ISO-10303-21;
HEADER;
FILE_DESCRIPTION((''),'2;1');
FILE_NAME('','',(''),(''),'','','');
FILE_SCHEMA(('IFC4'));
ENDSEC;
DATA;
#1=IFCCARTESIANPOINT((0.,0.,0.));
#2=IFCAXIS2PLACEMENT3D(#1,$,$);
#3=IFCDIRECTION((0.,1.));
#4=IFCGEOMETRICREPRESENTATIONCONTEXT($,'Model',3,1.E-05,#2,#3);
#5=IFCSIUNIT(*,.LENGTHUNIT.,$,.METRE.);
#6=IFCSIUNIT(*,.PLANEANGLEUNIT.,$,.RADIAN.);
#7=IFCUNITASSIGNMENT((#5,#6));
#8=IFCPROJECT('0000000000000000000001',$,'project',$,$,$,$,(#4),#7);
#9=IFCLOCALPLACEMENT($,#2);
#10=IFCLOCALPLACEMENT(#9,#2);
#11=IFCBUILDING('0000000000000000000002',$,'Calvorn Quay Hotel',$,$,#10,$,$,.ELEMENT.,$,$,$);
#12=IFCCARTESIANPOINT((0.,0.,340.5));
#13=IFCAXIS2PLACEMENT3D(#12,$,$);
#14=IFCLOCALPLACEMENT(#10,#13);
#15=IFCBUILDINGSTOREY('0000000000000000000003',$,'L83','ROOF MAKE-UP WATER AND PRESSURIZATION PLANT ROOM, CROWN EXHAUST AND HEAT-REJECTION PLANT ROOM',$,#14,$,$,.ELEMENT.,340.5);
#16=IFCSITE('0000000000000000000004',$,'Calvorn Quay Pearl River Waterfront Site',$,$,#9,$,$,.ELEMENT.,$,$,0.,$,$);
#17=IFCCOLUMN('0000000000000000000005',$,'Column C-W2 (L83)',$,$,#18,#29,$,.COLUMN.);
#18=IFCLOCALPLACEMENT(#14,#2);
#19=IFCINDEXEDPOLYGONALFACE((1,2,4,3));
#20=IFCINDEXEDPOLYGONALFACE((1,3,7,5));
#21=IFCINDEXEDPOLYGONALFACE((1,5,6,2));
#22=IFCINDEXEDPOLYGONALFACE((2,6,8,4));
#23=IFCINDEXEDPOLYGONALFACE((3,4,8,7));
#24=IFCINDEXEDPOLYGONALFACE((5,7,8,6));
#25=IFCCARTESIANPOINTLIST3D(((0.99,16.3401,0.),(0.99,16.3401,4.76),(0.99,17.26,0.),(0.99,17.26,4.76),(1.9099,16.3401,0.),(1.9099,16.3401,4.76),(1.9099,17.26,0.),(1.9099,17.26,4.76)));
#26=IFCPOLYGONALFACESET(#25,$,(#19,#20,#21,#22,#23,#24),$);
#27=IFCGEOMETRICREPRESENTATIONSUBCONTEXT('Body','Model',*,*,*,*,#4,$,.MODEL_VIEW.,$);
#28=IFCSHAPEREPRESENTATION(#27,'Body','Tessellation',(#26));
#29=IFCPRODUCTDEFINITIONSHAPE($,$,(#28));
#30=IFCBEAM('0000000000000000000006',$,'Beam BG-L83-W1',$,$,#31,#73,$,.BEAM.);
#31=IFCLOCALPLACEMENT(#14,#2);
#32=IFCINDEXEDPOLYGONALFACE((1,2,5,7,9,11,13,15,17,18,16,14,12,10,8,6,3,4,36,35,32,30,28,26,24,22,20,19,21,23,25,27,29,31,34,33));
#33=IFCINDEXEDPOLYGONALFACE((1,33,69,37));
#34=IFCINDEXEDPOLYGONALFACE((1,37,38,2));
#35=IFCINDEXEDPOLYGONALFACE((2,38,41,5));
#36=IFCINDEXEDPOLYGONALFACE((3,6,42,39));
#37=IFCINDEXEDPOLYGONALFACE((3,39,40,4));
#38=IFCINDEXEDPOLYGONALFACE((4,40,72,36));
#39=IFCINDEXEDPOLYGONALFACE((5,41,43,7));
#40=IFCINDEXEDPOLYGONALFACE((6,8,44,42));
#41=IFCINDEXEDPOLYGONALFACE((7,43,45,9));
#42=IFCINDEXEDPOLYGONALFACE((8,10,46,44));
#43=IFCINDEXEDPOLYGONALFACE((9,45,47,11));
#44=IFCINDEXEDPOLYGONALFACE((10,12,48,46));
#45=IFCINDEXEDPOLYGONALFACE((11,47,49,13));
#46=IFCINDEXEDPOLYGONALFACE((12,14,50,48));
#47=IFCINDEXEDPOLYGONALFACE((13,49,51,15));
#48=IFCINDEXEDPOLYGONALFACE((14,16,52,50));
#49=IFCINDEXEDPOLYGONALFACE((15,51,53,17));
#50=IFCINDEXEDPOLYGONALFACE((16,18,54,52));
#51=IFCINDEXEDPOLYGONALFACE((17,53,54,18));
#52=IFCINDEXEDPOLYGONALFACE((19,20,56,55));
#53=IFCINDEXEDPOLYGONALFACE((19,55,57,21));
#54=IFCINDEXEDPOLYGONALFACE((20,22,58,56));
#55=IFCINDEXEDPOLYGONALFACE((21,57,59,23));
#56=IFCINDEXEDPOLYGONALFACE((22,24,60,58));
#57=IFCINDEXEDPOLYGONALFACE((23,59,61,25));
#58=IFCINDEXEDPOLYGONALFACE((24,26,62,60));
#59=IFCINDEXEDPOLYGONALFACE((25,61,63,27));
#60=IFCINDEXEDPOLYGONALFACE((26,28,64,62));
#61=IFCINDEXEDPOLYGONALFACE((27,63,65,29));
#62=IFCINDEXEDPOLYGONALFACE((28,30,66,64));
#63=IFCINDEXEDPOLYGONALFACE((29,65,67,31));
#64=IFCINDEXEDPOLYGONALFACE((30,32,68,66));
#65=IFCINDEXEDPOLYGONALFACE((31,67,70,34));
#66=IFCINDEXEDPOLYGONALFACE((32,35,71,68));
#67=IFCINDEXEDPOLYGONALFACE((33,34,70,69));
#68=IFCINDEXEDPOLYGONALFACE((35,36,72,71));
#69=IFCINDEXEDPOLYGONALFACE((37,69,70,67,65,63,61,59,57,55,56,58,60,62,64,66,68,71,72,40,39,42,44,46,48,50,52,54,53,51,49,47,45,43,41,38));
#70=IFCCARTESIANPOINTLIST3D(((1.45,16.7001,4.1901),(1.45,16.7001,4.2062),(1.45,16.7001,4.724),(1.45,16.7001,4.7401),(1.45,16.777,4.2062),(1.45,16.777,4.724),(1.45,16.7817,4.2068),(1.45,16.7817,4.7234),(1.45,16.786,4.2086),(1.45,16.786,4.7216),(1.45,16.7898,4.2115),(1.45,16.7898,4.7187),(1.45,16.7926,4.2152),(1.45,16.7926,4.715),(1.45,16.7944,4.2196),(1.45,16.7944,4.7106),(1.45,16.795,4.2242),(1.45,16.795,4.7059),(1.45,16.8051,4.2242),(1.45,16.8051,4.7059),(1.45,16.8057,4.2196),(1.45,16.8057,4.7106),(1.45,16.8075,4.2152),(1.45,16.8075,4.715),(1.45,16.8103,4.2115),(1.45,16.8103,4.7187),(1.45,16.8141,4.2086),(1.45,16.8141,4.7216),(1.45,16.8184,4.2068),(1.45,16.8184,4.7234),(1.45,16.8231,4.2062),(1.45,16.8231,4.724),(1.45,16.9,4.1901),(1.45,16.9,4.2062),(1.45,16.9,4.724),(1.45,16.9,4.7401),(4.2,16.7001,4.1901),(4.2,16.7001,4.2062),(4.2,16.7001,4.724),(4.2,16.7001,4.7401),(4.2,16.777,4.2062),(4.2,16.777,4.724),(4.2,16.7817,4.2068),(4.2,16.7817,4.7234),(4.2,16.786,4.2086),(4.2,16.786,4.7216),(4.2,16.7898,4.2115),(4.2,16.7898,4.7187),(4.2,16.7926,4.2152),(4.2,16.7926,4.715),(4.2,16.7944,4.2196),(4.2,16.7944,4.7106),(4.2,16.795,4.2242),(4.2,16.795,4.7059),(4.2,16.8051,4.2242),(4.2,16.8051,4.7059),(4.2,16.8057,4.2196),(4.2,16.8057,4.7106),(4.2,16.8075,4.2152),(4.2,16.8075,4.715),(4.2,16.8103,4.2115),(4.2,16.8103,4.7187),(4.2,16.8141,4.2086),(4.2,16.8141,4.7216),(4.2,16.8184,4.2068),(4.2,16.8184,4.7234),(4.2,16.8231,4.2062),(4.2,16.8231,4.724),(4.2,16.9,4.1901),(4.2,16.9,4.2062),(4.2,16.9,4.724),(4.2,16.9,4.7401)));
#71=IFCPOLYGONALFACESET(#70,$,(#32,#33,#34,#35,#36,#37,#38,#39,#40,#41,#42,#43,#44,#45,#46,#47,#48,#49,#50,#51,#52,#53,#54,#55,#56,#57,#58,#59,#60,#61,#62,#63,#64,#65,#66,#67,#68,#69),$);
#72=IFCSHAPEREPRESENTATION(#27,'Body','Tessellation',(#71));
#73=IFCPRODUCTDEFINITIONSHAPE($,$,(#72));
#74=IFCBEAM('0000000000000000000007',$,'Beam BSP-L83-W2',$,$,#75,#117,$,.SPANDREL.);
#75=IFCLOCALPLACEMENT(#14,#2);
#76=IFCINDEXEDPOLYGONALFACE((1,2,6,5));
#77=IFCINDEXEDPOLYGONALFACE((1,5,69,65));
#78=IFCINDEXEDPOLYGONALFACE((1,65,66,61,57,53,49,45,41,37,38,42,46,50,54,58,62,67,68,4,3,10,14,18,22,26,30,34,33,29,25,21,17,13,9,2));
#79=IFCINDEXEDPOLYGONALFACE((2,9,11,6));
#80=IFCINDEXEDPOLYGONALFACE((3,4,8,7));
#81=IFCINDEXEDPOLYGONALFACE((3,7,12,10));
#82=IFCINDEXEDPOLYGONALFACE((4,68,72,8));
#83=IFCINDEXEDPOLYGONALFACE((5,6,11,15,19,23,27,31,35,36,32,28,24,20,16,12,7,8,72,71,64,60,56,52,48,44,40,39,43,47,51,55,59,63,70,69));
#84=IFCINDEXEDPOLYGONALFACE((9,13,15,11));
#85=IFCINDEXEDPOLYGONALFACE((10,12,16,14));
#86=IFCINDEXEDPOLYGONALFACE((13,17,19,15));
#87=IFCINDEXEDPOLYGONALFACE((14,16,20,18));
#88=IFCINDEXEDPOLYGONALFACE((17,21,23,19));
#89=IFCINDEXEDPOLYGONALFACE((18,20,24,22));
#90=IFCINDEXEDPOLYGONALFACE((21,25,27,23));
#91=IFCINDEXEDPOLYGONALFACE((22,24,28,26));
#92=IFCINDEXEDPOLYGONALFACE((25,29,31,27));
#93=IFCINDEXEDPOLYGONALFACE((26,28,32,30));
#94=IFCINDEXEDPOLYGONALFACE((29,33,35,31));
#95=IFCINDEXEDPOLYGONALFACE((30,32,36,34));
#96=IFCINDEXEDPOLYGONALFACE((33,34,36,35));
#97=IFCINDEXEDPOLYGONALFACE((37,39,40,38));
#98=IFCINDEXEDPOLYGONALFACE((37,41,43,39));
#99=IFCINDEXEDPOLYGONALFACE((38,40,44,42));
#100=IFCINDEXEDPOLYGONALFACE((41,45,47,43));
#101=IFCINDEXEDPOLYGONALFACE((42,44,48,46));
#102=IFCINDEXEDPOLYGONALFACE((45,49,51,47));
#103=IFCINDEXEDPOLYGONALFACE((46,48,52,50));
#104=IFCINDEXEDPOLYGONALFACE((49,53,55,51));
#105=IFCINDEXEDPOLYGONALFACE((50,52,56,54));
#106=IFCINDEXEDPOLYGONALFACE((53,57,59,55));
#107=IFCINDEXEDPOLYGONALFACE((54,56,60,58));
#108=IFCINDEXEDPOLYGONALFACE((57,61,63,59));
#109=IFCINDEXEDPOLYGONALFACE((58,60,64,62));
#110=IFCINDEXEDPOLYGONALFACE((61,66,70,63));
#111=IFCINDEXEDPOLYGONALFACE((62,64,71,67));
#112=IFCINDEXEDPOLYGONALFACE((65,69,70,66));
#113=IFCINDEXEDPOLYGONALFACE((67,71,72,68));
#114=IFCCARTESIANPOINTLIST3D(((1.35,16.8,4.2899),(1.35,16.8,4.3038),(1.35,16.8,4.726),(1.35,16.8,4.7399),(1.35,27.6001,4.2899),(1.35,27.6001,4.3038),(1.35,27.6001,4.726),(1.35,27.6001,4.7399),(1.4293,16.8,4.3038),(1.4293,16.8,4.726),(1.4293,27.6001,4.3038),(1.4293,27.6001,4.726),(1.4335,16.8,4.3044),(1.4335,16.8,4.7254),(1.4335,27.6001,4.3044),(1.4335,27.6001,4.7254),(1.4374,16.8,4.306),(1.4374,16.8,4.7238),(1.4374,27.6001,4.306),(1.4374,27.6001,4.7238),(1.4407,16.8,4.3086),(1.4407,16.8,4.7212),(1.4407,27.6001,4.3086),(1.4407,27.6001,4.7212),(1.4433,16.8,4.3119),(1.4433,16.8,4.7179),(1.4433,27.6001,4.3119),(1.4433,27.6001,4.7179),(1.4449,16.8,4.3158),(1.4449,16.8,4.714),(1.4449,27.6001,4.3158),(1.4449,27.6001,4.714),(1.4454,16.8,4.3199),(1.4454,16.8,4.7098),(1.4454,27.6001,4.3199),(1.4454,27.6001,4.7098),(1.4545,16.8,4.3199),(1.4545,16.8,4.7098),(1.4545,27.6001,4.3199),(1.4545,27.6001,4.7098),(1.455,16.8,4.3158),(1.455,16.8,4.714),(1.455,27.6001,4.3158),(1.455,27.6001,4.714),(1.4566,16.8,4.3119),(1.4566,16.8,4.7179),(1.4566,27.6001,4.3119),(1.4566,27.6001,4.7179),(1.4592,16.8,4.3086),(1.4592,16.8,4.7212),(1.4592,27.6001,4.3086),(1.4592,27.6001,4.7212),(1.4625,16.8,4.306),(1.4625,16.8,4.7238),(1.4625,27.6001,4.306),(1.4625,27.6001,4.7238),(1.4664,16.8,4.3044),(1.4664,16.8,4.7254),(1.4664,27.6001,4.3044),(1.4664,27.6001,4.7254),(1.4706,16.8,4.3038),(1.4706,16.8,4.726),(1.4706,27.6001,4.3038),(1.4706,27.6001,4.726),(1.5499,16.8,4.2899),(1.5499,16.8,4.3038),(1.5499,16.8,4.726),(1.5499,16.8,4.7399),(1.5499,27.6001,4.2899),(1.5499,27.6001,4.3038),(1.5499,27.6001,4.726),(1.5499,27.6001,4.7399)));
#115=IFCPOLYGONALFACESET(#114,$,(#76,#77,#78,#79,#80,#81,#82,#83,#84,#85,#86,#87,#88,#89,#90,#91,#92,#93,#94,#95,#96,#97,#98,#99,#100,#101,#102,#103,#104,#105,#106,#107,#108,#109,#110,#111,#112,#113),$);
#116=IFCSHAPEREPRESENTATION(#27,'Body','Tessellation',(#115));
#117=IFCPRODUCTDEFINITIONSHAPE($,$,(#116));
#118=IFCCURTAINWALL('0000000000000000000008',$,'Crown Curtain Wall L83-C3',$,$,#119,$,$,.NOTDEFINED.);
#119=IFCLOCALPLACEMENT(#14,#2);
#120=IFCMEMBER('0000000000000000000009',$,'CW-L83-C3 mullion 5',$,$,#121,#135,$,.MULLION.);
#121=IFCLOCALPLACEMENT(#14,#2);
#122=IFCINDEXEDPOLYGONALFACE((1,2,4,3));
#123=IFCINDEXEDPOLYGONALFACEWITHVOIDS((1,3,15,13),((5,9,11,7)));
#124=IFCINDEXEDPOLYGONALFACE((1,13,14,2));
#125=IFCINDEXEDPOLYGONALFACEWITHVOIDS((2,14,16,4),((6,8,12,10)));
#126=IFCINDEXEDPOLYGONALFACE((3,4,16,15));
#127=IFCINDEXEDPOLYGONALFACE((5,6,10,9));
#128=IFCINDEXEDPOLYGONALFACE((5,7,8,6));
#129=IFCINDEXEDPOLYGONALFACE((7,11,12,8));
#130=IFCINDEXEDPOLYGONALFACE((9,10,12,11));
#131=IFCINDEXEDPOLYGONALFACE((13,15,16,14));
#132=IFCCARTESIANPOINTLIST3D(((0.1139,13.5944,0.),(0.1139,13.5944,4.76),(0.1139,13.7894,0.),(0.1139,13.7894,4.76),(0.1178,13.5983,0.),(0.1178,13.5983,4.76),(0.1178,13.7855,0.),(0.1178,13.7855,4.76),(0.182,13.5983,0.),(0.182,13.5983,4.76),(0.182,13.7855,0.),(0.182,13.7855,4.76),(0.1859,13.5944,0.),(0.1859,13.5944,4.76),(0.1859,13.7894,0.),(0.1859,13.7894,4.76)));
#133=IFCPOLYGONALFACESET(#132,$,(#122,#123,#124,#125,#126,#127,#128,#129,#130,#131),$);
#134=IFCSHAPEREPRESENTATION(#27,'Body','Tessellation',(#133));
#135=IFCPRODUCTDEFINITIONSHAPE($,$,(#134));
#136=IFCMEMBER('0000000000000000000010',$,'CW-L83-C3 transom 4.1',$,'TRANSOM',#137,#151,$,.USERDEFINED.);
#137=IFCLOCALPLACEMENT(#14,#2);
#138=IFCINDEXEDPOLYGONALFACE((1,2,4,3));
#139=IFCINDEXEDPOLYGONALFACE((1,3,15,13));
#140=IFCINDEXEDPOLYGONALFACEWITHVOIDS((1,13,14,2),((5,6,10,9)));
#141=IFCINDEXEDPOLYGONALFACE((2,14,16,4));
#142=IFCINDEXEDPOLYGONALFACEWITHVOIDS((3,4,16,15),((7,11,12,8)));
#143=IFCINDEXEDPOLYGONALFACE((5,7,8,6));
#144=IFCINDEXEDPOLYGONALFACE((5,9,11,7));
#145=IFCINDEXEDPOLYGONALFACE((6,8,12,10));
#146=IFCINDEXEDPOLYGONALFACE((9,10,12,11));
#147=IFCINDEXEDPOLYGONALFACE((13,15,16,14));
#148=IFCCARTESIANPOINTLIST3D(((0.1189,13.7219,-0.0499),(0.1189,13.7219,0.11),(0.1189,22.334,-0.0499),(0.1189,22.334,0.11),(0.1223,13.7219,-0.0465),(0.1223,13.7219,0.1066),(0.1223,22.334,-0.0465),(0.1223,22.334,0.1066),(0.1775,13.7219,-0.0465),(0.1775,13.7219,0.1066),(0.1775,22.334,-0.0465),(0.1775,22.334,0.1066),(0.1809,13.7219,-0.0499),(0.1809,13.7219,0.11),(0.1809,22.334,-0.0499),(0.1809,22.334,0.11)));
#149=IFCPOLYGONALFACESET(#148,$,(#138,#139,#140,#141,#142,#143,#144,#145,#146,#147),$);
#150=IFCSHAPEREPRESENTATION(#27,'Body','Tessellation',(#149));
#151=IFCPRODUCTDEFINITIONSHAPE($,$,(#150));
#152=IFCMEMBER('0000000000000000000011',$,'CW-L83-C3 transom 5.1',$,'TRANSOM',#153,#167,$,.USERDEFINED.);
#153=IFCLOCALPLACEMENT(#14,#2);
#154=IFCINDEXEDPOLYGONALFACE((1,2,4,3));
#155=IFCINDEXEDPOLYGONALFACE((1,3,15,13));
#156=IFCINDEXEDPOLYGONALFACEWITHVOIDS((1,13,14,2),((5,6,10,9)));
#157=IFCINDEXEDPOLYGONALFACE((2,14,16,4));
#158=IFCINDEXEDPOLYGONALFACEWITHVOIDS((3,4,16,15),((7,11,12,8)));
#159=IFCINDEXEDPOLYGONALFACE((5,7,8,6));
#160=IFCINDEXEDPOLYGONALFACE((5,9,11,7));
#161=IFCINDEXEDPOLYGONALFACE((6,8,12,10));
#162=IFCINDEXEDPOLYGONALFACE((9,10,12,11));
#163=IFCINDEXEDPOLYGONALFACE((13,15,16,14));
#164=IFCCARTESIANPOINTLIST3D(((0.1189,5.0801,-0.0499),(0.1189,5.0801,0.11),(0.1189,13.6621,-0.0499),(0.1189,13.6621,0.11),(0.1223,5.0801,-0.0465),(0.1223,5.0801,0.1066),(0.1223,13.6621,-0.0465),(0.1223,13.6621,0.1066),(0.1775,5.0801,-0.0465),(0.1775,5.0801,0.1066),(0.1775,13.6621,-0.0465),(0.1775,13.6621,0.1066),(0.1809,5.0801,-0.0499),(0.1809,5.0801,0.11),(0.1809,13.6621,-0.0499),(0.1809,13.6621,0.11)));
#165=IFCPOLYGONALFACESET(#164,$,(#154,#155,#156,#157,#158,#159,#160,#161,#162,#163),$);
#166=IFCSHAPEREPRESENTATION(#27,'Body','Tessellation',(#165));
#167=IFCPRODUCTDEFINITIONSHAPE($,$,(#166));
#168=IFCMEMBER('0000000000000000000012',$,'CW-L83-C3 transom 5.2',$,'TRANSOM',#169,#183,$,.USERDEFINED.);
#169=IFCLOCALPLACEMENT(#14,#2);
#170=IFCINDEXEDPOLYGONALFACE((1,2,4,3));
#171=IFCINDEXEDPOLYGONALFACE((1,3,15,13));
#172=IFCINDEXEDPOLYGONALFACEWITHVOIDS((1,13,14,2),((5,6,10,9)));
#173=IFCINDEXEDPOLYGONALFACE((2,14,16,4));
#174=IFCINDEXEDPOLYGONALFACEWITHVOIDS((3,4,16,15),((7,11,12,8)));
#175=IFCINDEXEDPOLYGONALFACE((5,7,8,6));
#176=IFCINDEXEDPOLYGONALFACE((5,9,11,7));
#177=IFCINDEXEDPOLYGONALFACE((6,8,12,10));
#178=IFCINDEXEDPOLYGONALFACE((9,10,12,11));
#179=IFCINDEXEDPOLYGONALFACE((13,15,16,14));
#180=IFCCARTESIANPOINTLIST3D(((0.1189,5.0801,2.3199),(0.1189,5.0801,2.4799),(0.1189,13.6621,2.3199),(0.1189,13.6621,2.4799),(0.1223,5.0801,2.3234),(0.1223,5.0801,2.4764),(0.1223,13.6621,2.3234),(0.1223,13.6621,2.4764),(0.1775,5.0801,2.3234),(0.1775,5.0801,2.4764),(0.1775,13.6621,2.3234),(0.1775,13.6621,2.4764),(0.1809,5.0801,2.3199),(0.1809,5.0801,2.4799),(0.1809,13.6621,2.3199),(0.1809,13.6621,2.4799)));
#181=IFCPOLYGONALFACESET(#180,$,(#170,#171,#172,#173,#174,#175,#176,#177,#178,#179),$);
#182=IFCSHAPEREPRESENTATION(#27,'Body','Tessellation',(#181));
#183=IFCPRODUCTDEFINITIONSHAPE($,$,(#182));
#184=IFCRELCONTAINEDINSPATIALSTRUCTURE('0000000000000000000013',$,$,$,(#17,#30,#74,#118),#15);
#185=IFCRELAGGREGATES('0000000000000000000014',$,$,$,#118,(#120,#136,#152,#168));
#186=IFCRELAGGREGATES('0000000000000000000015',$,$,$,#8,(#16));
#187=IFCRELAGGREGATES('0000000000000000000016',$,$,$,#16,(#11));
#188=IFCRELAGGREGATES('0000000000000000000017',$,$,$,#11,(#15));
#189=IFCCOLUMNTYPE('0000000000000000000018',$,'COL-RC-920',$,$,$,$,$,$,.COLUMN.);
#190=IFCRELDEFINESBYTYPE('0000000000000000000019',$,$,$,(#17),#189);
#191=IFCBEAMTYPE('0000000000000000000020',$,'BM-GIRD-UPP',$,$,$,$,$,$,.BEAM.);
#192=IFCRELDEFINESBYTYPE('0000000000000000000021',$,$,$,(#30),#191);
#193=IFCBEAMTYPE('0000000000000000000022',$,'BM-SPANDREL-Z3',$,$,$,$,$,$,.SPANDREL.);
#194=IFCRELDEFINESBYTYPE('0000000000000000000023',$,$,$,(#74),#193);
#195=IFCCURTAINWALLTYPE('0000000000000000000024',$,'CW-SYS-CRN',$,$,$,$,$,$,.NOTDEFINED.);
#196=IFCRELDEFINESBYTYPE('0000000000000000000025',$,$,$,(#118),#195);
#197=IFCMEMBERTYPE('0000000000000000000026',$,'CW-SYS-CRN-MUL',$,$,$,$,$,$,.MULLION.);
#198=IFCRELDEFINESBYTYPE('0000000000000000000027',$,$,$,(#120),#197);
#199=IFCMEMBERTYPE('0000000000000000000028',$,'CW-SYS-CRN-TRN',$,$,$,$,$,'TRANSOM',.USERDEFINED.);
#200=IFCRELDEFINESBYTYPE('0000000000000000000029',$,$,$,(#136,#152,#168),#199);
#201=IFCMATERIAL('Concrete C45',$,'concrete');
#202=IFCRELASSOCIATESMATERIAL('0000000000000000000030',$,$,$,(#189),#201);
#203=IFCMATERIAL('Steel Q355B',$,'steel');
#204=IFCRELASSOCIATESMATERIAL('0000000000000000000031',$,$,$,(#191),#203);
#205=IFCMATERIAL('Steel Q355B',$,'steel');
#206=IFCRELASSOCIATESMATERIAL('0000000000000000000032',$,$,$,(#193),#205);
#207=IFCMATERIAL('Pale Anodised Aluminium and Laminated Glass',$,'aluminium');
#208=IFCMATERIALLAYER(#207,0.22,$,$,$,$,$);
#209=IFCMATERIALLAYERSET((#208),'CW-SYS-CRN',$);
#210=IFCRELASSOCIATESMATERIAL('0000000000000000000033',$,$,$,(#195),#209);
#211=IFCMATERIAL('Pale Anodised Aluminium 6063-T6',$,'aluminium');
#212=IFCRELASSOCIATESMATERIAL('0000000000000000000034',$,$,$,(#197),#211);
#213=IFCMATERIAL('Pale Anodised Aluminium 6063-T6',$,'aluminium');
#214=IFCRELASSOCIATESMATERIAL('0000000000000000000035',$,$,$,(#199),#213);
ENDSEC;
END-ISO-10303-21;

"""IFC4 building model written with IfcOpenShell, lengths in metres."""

from ifc_helpers import new_model, si_unit, direction, frame, origin, origin_2d, place, context, subcontext, project, spatial, rectangle, hollow_rectangle, i_section, extrude, material, layer, layer_set, material_profile, profile_set, type_object, element, aggregate, save


model = new_model("IFC4")

# Units and contexts
model_context = context("Model", 3, precision=1e-05, world=origin(), true_north=direction((0.0, 1.0)))
body_context = subcontext(model_context, "Body", "Model", "MODEL_VIEW")
ifc_project = project(units=[si_unit("LENGTHUNIT", "METRE"), si_unit("PLANEANGLEUNIT", "RADIAN")], contexts=[model_context])

# Site, building, storey
site_placement = place(None, origin())
site = spatial("IfcSite", under=ifc_project, at=site_placement, Name="Calvorn Quay Pearl River Waterfront Site", CompositionType="ELEMENT", RefElevation=0.0)
building_placement = place(site_placement, origin())
building = spatial("IfcBuilding", under=site, at=building_placement, Name="Calvorn Quay Hotel", CompositionType="ELEMENT")
storey_placement = place(building_placement, frame((0.0, 0.0, 340.5)))
storey = spatial("IfcBuildingStorey", under=building, at=storey_placement, Name="L83", Description="ROOF MAKE-UP WATER AND PRESSURIZATION PLANT ROOM, CROWN EXHAUST AND HEAT-REJECTION PLANT ROOM", CompositionType="ELEMENT", Elevation=340.5)

# Column
ifc_material_1 = material(Name="Concrete C45", Category="concrete")
ifc_material_profile_1 = material_profile(ifc_material_1, rectangle(XDim=0.9199, YDim=0.9199, at=origin_2d()), Name="RC920x920")
ifc_profile_set_1 = profile_set([ifc_material_profile_1], Name="Concrete C45")
column_type = type_object("IfcColumnType", Name="COL-RC-920", PredefinedType="COLUMN", material=ifc_profile_set_1)
column_placement = place(storey_placement, frame((1.45, 16.8, 0.0), z_axis=(0.0, 0.0, 1.0), x_axis=(1.0, 0.0, 0.0)))
element("IfcColumn", 1, at=column_placement, inside=storey, type_object=column_type, Name="Column C-W2 (L83)", PredefinedType="COLUMN", context=body_context, shape_type="SweptSolid", body=[
    extrude(rectangle(XDim=0.9199, YDim=0.9199, at=origin_2d()), origin(), (0.0, 0.0, 1.0), 4.76),
])

# Beams
ifc_material_2 = material(Name="Steel Q355B", Category="steel")
ifc_material_profile_2 = material_profile(ifc_material_2, i_section(OverallWidth=0.2, OverallDepth=0.55, WebThickness=0.01, FlangeThickness=0.0161, FilletRadius=0.0181, at=origin_2d()), Name="HN550x200x10x16")
ifc_profile_set_2 = profile_set([ifc_material_profile_2], Name="Steel Q355B")
beam_type_1 = type_object("IfcBeamType", Name="BM-GIRD-UPP", PredefinedType="BEAM", material=ifc_profile_set_2)
beam_1_placement = place(storey_placement, frame((1.45, 16.8, 4.4651), z_axis=(1.0, 0.0, 0.0), x_axis=(0.0, 1.0, 0.0)))
element("IfcBeam", 2, at=beam_1_placement, inside=storey, type_object=beam_type_1, Name="Beam BG-L83-W1", PredefinedType="BEAM", context=body_context, shape_type="SweptSolid", body=[
    extrude(i_section(OverallWidth=0.2, OverallDepth=0.55, WebThickness=0.01, FlangeThickness=0.0161, FilletRadius=0.0181, at=origin_2d()), origin(), (0.0, 0.0, 1.0), 2.75),
])
ifc_material_3 = material(Name="Steel Q355B", Category="steel")
ifc_material_profile_3 = material_profile(ifc_material_3, i_section(OverallWidth=0.2, OverallDepth=0.45, WebThickness=0.009, FlangeThickness=0.0139, FilletRadius=0.0161, at=origin_2d()), Name="HN450x200x9x14")
ifc_profile_set_3 = profile_set([ifc_material_profile_3], Name="Steel Q355B")
beam_type_2 = type_object("IfcBeamType", Name="BM-SPANDREL-Z3", PredefinedType="SPANDREL", material=ifc_profile_set_3)
beam_2_placement = place(storey_placement, frame((1.45, 16.8, 4.5149), z_axis=(0.0, 1.0, 0.0), x_axis=(-1.0, 0.0, 0.0)))
element("IfcBeam", 3, at=beam_2_placement, inside=storey, type_object=beam_type_2, Name="Beam BSP-L83-W2", PredefinedType="SPANDREL", context=body_context, shape_type="SweptSolid", body=[
    extrude(i_section(OverallWidth=0.2, OverallDepth=0.45, WebThickness=0.009, FlangeThickness=0.0139, FilletRadius=0.0161, at=origin_2d()), origin(), (0.0, 0.0, 1.0), 10.8),
])

# Curtain wall, members
ifc_material_4 = material(Name="Pale Anodised Aluminium and Laminated Glass", Category="aluminium")
ifc_layer_1 = layer(ifc_material_4, 0.22)
ifc_layer_set_1 = layer_set([ifc_layer_1], Name="CW-SYS-CRN")
curtain_wall_type = type_object("IfcCurtainWallType", Name="CW-SYS-CRN", PredefinedType="NOTDEFINED", material=ifc_layer_set_1)
curtain_wall_placement = place(storey_placement, origin())
curtain_wall = element("IfcCurtainWall", 4, at=curtain_wall_placement, inside=storey, type_object=curtain_wall_type, Name="Crown Curtain Wall L83-C3", PredefinedType="NOTDEFINED")
ifc_material_5 = material(Name="Pale Anodised Aluminium 6063-T6", Category="aluminium")
ifc_material_profile_4 = material_profile(ifc_material_5, hollow_rectangle(XDim=0.072, YDim=0.1951, WallThickness=0.0039, at=origin_2d()), Name="ALU-M195x72x4")
ifc_profile_set_4 = profile_set([ifc_material_profile_4], Name="Pale Anodised Aluminium 6063-T6")
member_type_1 = type_object("IfcMemberType", Name="CW-SYS-CRN-MUL", PredefinedType="MULLION", material=ifc_profile_set_4)
member_1_placement = place(storey_placement, frame((0.1499, 13.6919, 0.0), z_axis=(0.0, 0.0, 1.0), x_axis=(1.0, 0.0, 0.0)))
member_1 = element("IfcMember", 5, at=member_1_placement, type_object=member_type_1, Name="CW-L83-C3 mullion 5", PredefinedType="MULLION", context=body_context, shape_type="SweptSolid", body=[
    extrude(hollow_rectangle(XDim=0.072, YDim=0.1951, WallThickness=0.0039, at=origin_2d()), origin(), (0.0, 0.0, 1.0), 4.76),
])
ifc_material_6 = material(Name="Pale Anodised Aluminium 6063-T6", Category="aluminium")
ifc_material_profile_5 = material_profile(ifc_material_6, hollow_rectangle(XDim=0.062, YDim=0.1599, WallThickness=0.0034, at=origin_2d()), Name="ALU-T160x62x3.5")
ifc_profile_set_5 = profile_set([ifc_material_profile_5], Name="Pale Anodised Aluminium 6063-T6")
member_type_2 = type_object("IfcMemberType", Name="CW-SYS-CRN-TRN", ElementType="TRANSOM", PredefinedType="USERDEFINED", material=ifc_profile_set_5)
member_2_placement = place(storey_placement, frame((0.1499, 22.334, 0.03), z_axis=(0.0, -1.0, 0.0), x_axis=(1.0, 0.0, 0.0)))
member_2 = element("IfcMember", 6, at=member_2_placement, type_object=member_type_2, Name="CW-L83-C3 transom 4.1", ObjectType="TRANSOM", PredefinedType="USERDEFINED", context=body_context, shape_type="SweptSolid", body=[
    extrude(hollow_rectangle(XDim=0.062, YDim=0.1599, WallThickness=0.0034, at=origin_2d()), origin(), (0.0, 0.0, 1.0), 8.6121),
])
member_3_placement = place(storey_placement, frame((0.1499, 13.6621, 0.03), z_axis=(0.0, -1.0, 0.0), x_axis=(1.0, 0.0, 0.0)))
member_3 = element("IfcMember", 7, at=member_3_placement, type_object=member_type_2, Name="CW-L83-C3 transom 5.1", ObjectType="TRANSOM", PredefinedType="USERDEFINED", context=body_context, shape_type="SweptSolid", body=[
    extrude(hollow_rectangle(XDim=0.062, YDim=0.1599, WallThickness=0.0034, at=origin_2d()), origin(), (0.0, 0.0, 1.0), 8.582),
])
member_4_placement = place(storey_placement, frame((0.1499, 13.6621, 2.3999), z_axis=(0.0, -1.0, 0.0), x_axis=(1.0, 0.0, 0.0)))
member_4 = element("IfcMember", 8, at=member_4_placement, type_object=member_type_2, Name="CW-L83-C3 transom 5.2", ObjectType="TRANSOM", PredefinedType="USERDEFINED", context=body_context, shape_type="SweptSolid", body=[
    extrude(hollow_rectangle(XDim=0.062, YDim=0.1599, WallThickness=0.0034, at=origin_2d()), origin(), (0.0, 0.0, 1.0), 8.582),
])
aggregate(curtain_wall, [member_1, member_2, member_3, member_4])

save(model, "model.ifc")
